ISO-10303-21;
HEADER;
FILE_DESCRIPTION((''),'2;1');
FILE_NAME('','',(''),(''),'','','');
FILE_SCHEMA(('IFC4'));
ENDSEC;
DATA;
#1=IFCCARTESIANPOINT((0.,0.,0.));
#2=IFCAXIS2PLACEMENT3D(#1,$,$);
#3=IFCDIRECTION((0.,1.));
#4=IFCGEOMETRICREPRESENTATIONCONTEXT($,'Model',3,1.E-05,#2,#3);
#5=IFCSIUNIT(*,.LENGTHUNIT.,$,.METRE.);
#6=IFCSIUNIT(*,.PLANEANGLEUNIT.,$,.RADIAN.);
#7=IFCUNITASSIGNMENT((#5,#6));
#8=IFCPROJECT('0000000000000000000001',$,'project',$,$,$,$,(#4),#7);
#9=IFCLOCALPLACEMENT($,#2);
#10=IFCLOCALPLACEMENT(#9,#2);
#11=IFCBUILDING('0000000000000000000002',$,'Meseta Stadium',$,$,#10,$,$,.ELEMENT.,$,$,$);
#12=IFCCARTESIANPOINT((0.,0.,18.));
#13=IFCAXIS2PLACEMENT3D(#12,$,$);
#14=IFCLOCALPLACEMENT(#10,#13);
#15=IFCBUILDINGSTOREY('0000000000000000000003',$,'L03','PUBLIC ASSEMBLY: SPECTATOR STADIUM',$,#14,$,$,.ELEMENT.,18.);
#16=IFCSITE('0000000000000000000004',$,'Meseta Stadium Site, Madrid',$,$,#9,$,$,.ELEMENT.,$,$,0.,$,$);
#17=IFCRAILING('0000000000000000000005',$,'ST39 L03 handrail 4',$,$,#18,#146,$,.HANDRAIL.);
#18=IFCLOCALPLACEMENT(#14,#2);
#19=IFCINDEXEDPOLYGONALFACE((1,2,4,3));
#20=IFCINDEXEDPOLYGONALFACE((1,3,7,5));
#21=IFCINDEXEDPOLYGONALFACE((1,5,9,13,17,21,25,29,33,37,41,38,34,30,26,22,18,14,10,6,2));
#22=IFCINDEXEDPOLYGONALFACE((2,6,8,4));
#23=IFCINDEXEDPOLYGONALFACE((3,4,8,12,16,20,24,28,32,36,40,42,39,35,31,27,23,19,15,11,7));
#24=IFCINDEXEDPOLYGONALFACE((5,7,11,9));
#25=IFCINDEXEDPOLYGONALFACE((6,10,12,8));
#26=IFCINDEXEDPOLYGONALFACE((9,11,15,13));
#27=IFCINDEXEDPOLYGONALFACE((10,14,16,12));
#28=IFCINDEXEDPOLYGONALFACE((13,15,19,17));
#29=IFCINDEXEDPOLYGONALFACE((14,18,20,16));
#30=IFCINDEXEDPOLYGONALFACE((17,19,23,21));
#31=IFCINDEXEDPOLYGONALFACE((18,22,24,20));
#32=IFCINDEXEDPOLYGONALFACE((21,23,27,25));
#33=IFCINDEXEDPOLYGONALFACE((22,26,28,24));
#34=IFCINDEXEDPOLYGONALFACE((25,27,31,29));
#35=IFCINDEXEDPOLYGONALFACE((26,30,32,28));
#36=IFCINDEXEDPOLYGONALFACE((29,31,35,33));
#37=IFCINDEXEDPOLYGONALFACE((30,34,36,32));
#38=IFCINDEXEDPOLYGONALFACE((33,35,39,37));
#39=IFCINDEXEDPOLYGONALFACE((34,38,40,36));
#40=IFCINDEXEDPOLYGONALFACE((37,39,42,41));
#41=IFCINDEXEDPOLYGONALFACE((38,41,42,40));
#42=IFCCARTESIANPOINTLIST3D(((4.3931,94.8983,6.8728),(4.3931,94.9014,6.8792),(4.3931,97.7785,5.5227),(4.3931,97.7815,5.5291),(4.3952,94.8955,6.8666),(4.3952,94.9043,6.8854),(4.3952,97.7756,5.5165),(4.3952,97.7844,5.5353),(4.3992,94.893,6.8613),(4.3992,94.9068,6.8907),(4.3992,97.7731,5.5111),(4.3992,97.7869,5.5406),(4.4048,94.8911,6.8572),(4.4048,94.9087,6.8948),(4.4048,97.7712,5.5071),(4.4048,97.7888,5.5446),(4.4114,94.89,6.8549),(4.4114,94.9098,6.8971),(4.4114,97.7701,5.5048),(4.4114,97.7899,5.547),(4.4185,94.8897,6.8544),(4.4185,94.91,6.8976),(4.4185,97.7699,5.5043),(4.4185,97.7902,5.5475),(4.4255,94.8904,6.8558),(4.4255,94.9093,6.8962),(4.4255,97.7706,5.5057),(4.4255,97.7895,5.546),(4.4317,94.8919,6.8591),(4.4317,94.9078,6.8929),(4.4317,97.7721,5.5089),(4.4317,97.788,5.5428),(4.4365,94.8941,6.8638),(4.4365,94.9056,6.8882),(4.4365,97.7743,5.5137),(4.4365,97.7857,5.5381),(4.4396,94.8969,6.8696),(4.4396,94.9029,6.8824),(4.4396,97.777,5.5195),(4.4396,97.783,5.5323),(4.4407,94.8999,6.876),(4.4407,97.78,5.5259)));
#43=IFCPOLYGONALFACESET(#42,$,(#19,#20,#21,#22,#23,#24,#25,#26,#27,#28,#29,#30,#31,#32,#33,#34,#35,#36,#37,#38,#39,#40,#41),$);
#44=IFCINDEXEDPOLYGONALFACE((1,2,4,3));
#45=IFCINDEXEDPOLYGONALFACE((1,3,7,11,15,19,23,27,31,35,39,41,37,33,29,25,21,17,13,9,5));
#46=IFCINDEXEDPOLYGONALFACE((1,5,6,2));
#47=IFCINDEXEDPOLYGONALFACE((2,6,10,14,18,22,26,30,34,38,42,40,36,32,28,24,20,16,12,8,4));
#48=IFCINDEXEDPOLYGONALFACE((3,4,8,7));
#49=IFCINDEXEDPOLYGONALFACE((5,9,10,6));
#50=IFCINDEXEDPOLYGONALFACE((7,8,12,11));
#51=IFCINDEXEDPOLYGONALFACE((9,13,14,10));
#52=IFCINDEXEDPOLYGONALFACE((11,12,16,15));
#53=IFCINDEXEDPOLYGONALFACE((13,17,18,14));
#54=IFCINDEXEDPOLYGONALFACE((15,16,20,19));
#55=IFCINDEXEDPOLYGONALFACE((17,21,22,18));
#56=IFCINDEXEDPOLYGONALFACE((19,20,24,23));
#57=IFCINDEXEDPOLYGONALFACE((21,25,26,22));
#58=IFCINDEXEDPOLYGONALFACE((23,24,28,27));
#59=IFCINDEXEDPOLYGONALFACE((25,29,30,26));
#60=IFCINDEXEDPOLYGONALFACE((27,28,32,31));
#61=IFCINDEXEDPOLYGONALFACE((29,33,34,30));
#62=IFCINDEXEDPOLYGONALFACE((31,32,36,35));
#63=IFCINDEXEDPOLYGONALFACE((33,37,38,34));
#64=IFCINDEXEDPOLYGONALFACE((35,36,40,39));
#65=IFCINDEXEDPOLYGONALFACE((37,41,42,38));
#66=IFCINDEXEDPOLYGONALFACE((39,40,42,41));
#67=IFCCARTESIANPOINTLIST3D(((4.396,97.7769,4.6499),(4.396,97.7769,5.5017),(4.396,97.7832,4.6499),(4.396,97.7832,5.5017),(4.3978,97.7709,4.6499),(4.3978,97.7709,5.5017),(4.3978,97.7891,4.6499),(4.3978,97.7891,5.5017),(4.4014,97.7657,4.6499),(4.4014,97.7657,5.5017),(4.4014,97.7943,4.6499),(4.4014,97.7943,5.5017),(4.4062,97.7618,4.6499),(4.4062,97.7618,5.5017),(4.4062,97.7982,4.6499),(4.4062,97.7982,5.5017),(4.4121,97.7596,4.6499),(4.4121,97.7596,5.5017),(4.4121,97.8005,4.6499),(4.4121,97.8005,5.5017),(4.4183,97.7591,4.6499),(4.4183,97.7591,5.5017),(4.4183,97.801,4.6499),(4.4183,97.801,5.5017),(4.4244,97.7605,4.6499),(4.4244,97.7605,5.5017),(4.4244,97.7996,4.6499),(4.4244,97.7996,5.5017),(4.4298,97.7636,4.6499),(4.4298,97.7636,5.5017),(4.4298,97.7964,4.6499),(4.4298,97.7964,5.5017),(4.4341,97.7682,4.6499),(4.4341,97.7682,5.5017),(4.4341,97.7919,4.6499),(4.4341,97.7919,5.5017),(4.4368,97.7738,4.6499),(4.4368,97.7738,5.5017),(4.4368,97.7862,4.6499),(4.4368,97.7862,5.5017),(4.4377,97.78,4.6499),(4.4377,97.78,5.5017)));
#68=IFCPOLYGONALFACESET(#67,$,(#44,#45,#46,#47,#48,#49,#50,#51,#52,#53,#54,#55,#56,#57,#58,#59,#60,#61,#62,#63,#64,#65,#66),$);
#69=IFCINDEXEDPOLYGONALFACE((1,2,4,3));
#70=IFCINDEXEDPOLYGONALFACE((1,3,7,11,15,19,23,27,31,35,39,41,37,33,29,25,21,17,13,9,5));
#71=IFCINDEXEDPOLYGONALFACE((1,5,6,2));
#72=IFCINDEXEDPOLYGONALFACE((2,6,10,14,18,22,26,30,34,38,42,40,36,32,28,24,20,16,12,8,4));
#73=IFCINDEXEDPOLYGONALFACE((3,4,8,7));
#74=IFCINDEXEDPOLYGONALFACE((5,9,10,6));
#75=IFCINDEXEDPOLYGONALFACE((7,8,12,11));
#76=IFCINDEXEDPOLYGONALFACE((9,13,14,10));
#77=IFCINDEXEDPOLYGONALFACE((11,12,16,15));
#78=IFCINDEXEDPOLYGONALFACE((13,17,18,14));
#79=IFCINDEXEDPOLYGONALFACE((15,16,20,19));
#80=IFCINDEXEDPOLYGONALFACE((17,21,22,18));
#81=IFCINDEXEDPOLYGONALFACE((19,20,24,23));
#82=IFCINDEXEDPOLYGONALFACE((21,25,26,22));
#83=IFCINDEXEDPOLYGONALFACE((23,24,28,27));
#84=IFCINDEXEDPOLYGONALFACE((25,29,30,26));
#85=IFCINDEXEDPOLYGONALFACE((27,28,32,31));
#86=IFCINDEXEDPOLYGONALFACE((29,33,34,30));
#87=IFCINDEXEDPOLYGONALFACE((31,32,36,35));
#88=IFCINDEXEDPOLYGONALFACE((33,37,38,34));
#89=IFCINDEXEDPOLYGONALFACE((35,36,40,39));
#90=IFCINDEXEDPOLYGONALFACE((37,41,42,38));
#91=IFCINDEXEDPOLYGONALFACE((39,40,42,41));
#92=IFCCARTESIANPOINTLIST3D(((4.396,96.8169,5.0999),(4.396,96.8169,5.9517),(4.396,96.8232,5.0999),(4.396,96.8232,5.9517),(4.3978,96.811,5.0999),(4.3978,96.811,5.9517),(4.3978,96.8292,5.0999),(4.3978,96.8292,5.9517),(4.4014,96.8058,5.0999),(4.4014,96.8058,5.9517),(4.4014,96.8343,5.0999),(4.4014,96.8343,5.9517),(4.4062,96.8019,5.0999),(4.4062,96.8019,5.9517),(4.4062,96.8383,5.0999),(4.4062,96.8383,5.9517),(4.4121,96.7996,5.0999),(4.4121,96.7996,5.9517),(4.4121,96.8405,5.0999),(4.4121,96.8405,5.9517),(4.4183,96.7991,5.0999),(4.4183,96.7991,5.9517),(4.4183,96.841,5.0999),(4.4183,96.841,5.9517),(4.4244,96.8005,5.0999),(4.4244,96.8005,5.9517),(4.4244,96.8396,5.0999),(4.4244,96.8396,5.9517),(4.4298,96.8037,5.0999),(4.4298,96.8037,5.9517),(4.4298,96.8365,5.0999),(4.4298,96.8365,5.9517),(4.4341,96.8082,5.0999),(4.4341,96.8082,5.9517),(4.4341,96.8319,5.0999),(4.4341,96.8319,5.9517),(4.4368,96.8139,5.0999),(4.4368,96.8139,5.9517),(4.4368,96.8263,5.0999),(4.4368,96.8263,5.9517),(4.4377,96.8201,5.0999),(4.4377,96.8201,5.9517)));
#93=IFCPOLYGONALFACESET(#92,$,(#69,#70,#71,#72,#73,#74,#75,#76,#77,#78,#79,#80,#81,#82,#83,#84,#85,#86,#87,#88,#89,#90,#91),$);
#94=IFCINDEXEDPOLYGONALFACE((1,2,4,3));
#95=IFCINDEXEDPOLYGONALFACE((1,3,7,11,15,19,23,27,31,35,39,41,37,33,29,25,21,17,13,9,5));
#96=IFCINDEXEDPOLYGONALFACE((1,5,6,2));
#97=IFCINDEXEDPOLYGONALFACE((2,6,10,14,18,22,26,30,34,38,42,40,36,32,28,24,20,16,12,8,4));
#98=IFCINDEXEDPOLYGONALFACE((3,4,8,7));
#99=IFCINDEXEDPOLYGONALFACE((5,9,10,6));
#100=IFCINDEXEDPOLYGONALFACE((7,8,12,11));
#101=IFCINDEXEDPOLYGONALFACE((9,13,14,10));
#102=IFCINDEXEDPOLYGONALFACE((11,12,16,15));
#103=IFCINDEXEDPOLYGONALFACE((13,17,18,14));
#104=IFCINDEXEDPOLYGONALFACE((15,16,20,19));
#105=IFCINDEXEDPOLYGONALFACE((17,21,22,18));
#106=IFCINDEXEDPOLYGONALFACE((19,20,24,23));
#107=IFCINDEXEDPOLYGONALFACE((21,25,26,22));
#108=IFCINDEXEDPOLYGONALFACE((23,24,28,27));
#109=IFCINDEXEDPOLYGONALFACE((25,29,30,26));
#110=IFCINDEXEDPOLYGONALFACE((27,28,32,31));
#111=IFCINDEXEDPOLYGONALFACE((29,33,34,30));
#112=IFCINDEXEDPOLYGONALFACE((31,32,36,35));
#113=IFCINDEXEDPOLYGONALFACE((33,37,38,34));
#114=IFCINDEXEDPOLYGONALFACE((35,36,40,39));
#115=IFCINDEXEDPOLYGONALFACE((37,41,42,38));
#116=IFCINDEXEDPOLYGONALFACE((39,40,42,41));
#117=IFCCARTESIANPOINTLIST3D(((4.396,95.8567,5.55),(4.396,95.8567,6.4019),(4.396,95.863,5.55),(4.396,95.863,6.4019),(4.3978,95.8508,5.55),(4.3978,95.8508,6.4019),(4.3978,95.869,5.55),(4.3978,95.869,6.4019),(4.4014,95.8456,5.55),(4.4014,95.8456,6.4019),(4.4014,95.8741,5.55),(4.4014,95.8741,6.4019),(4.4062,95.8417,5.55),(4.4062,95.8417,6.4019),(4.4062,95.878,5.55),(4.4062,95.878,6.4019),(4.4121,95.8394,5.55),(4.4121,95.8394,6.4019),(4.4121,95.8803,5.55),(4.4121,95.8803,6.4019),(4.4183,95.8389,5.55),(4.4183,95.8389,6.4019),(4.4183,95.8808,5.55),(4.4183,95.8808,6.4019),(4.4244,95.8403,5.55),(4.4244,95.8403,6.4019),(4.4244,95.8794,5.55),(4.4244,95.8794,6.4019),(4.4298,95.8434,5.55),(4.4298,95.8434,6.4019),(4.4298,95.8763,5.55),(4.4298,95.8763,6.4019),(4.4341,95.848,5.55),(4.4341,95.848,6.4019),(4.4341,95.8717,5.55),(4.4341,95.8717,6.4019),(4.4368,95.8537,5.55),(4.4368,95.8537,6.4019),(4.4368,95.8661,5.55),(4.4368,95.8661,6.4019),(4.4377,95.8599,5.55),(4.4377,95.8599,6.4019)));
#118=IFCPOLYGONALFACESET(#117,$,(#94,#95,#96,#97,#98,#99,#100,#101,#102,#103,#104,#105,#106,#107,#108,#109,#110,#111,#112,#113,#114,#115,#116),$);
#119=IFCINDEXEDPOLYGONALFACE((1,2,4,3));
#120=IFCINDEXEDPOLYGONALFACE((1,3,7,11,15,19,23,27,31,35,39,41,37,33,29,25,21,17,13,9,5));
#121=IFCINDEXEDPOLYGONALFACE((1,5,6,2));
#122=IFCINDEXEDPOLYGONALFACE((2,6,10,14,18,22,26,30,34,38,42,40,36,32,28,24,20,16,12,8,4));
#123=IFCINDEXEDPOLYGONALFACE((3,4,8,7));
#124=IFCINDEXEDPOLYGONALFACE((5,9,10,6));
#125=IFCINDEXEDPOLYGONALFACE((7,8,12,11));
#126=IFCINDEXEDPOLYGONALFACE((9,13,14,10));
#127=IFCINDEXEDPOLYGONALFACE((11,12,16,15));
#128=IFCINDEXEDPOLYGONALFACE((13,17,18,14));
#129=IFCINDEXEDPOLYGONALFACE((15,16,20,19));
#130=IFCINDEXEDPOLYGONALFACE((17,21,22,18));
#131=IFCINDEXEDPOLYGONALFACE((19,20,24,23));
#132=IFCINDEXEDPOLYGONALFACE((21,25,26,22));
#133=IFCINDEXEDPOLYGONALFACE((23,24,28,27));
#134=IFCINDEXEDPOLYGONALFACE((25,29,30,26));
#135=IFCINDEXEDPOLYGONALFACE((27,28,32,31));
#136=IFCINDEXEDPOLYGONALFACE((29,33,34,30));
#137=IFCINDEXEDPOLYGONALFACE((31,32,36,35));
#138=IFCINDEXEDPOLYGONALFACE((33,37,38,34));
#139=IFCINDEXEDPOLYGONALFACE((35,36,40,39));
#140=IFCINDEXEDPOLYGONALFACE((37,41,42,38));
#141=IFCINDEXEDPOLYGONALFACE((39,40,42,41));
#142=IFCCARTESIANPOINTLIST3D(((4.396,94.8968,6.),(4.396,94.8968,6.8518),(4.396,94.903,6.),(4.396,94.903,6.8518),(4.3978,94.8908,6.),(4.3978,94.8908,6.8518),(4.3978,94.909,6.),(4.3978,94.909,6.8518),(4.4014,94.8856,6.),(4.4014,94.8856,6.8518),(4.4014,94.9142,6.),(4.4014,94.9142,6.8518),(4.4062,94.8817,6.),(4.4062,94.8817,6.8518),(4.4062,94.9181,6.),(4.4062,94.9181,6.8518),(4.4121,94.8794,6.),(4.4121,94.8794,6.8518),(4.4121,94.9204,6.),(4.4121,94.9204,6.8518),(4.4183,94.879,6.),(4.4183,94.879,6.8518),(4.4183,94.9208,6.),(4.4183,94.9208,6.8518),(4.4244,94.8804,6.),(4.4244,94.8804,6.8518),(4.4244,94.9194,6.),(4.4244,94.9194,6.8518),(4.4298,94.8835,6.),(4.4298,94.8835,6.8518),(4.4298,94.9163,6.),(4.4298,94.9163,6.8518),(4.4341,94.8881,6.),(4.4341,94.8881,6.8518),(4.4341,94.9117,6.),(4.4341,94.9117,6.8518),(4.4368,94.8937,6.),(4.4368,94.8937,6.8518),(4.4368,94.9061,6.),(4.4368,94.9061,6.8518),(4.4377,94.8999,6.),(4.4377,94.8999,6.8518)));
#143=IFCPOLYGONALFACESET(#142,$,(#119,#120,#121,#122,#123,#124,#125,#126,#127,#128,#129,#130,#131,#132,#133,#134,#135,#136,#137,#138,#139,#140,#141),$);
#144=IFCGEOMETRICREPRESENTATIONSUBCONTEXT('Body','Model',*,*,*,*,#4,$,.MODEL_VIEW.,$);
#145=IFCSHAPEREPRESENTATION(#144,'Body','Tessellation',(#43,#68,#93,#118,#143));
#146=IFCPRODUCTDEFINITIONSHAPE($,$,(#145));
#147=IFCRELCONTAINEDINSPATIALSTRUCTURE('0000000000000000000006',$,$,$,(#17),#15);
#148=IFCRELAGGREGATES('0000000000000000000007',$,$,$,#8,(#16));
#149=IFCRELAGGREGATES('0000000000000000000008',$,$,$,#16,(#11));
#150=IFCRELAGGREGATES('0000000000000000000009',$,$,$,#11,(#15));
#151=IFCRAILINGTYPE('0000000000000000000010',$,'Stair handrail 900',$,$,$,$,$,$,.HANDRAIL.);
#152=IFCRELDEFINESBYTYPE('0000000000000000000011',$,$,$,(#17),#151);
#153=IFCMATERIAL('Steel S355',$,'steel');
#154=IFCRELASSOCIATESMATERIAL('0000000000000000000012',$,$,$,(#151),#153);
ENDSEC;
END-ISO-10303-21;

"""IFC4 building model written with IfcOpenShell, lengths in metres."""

from ifc_helpers import new_model, si_unit, direction, frame, origin, origin_2d, place, context, subcontext, project, spatial, circle, extrude, material, type_object, element, save


model = new_model("IFC4")

# Units and contexts
model_context = context("Model", 3, precision=1e-05, world=origin(), true_north=direction((0.0, 1.0)))
body_context = subcontext(model_context, "Body", "Model", "MODEL_VIEW")
ifc_project = project(units=[si_unit("LENGTHUNIT", "METRE"), si_unit("PLANEANGLEUNIT", "RADIAN")], contexts=[model_context])

# Site, building, storey
site_placement = place(None, origin())
site = spatial("IfcSite", under=ifc_project, at=site_placement, Name="Meseta Stadium Site, Madrid", CompositionType="ELEMENT", RefElevation=0.0)
building_placement = place(site_placement, origin())
building = spatial("IfcBuilding", under=site, at=building_placement, Name="Meseta Stadium", CompositionType="ELEMENT")
storey_placement = place(building_placement, frame((0.0, 0.0, 18.0)))
storey = spatial("IfcBuildingStorey", under=building, at=storey_placement, Name="L03", Description="PUBLIC ASSEMBLY: SPECTATOR STADIUM", CompositionType="ELEMENT", Elevation=18.0)

# Railing
ifc_material_1 = material(Name="Steel S355", Category="steel")
railing_type_1 = type_object("IfcRailingType", Name="Stair handrail 900", PredefinedType="HANDRAIL", material=ifc_material_1)
for number, where, name in (
    (1, (4.4167, 97.78, 4.6499), "ST39 L03 handrail 4"),
):
    element("IfcRailing", number, at=place(storey_placement, frame(where)), inside=storey, type_object=railing_type_1, Name=name, PredefinedType="HANDRAIL", context=body_context, shape_type="SweptSolid", body=[
        extrude(circle(Radius=0.0239, at=origin_2d()), frame((0.0, 0.0, 0.876), z_axis=(0.0, -0.905454, 0.424444), x_axis=(1.0, 0.0, 0.0)), (0.0, 0.0, 1.0), 3.1809),
        extrude(circle(Radius=0.021, at=origin_2d()), origin(), (0.0, 0.0, 1.0), 0.8518),
        extrude(circle(Radius=0.021, at=origin_2d()), frame((0.0, -0.96, 0.45)), (0.0, 0.0, 1.0), 0.8518),
        extrude(circle(Radius=0.021, at=origin_2d()), frame((0.0, -1.9202, 0.9001)), (0.0, 0.0, 1.0), 0.8518),
        extrude(circle(Radius=0.021, at=origin_2d()), frame((0.0, -2.8801, 1.3501)), (0.0, 0.0, 1.0), 0.8518),
    ])

save(model, "model.ifc")
